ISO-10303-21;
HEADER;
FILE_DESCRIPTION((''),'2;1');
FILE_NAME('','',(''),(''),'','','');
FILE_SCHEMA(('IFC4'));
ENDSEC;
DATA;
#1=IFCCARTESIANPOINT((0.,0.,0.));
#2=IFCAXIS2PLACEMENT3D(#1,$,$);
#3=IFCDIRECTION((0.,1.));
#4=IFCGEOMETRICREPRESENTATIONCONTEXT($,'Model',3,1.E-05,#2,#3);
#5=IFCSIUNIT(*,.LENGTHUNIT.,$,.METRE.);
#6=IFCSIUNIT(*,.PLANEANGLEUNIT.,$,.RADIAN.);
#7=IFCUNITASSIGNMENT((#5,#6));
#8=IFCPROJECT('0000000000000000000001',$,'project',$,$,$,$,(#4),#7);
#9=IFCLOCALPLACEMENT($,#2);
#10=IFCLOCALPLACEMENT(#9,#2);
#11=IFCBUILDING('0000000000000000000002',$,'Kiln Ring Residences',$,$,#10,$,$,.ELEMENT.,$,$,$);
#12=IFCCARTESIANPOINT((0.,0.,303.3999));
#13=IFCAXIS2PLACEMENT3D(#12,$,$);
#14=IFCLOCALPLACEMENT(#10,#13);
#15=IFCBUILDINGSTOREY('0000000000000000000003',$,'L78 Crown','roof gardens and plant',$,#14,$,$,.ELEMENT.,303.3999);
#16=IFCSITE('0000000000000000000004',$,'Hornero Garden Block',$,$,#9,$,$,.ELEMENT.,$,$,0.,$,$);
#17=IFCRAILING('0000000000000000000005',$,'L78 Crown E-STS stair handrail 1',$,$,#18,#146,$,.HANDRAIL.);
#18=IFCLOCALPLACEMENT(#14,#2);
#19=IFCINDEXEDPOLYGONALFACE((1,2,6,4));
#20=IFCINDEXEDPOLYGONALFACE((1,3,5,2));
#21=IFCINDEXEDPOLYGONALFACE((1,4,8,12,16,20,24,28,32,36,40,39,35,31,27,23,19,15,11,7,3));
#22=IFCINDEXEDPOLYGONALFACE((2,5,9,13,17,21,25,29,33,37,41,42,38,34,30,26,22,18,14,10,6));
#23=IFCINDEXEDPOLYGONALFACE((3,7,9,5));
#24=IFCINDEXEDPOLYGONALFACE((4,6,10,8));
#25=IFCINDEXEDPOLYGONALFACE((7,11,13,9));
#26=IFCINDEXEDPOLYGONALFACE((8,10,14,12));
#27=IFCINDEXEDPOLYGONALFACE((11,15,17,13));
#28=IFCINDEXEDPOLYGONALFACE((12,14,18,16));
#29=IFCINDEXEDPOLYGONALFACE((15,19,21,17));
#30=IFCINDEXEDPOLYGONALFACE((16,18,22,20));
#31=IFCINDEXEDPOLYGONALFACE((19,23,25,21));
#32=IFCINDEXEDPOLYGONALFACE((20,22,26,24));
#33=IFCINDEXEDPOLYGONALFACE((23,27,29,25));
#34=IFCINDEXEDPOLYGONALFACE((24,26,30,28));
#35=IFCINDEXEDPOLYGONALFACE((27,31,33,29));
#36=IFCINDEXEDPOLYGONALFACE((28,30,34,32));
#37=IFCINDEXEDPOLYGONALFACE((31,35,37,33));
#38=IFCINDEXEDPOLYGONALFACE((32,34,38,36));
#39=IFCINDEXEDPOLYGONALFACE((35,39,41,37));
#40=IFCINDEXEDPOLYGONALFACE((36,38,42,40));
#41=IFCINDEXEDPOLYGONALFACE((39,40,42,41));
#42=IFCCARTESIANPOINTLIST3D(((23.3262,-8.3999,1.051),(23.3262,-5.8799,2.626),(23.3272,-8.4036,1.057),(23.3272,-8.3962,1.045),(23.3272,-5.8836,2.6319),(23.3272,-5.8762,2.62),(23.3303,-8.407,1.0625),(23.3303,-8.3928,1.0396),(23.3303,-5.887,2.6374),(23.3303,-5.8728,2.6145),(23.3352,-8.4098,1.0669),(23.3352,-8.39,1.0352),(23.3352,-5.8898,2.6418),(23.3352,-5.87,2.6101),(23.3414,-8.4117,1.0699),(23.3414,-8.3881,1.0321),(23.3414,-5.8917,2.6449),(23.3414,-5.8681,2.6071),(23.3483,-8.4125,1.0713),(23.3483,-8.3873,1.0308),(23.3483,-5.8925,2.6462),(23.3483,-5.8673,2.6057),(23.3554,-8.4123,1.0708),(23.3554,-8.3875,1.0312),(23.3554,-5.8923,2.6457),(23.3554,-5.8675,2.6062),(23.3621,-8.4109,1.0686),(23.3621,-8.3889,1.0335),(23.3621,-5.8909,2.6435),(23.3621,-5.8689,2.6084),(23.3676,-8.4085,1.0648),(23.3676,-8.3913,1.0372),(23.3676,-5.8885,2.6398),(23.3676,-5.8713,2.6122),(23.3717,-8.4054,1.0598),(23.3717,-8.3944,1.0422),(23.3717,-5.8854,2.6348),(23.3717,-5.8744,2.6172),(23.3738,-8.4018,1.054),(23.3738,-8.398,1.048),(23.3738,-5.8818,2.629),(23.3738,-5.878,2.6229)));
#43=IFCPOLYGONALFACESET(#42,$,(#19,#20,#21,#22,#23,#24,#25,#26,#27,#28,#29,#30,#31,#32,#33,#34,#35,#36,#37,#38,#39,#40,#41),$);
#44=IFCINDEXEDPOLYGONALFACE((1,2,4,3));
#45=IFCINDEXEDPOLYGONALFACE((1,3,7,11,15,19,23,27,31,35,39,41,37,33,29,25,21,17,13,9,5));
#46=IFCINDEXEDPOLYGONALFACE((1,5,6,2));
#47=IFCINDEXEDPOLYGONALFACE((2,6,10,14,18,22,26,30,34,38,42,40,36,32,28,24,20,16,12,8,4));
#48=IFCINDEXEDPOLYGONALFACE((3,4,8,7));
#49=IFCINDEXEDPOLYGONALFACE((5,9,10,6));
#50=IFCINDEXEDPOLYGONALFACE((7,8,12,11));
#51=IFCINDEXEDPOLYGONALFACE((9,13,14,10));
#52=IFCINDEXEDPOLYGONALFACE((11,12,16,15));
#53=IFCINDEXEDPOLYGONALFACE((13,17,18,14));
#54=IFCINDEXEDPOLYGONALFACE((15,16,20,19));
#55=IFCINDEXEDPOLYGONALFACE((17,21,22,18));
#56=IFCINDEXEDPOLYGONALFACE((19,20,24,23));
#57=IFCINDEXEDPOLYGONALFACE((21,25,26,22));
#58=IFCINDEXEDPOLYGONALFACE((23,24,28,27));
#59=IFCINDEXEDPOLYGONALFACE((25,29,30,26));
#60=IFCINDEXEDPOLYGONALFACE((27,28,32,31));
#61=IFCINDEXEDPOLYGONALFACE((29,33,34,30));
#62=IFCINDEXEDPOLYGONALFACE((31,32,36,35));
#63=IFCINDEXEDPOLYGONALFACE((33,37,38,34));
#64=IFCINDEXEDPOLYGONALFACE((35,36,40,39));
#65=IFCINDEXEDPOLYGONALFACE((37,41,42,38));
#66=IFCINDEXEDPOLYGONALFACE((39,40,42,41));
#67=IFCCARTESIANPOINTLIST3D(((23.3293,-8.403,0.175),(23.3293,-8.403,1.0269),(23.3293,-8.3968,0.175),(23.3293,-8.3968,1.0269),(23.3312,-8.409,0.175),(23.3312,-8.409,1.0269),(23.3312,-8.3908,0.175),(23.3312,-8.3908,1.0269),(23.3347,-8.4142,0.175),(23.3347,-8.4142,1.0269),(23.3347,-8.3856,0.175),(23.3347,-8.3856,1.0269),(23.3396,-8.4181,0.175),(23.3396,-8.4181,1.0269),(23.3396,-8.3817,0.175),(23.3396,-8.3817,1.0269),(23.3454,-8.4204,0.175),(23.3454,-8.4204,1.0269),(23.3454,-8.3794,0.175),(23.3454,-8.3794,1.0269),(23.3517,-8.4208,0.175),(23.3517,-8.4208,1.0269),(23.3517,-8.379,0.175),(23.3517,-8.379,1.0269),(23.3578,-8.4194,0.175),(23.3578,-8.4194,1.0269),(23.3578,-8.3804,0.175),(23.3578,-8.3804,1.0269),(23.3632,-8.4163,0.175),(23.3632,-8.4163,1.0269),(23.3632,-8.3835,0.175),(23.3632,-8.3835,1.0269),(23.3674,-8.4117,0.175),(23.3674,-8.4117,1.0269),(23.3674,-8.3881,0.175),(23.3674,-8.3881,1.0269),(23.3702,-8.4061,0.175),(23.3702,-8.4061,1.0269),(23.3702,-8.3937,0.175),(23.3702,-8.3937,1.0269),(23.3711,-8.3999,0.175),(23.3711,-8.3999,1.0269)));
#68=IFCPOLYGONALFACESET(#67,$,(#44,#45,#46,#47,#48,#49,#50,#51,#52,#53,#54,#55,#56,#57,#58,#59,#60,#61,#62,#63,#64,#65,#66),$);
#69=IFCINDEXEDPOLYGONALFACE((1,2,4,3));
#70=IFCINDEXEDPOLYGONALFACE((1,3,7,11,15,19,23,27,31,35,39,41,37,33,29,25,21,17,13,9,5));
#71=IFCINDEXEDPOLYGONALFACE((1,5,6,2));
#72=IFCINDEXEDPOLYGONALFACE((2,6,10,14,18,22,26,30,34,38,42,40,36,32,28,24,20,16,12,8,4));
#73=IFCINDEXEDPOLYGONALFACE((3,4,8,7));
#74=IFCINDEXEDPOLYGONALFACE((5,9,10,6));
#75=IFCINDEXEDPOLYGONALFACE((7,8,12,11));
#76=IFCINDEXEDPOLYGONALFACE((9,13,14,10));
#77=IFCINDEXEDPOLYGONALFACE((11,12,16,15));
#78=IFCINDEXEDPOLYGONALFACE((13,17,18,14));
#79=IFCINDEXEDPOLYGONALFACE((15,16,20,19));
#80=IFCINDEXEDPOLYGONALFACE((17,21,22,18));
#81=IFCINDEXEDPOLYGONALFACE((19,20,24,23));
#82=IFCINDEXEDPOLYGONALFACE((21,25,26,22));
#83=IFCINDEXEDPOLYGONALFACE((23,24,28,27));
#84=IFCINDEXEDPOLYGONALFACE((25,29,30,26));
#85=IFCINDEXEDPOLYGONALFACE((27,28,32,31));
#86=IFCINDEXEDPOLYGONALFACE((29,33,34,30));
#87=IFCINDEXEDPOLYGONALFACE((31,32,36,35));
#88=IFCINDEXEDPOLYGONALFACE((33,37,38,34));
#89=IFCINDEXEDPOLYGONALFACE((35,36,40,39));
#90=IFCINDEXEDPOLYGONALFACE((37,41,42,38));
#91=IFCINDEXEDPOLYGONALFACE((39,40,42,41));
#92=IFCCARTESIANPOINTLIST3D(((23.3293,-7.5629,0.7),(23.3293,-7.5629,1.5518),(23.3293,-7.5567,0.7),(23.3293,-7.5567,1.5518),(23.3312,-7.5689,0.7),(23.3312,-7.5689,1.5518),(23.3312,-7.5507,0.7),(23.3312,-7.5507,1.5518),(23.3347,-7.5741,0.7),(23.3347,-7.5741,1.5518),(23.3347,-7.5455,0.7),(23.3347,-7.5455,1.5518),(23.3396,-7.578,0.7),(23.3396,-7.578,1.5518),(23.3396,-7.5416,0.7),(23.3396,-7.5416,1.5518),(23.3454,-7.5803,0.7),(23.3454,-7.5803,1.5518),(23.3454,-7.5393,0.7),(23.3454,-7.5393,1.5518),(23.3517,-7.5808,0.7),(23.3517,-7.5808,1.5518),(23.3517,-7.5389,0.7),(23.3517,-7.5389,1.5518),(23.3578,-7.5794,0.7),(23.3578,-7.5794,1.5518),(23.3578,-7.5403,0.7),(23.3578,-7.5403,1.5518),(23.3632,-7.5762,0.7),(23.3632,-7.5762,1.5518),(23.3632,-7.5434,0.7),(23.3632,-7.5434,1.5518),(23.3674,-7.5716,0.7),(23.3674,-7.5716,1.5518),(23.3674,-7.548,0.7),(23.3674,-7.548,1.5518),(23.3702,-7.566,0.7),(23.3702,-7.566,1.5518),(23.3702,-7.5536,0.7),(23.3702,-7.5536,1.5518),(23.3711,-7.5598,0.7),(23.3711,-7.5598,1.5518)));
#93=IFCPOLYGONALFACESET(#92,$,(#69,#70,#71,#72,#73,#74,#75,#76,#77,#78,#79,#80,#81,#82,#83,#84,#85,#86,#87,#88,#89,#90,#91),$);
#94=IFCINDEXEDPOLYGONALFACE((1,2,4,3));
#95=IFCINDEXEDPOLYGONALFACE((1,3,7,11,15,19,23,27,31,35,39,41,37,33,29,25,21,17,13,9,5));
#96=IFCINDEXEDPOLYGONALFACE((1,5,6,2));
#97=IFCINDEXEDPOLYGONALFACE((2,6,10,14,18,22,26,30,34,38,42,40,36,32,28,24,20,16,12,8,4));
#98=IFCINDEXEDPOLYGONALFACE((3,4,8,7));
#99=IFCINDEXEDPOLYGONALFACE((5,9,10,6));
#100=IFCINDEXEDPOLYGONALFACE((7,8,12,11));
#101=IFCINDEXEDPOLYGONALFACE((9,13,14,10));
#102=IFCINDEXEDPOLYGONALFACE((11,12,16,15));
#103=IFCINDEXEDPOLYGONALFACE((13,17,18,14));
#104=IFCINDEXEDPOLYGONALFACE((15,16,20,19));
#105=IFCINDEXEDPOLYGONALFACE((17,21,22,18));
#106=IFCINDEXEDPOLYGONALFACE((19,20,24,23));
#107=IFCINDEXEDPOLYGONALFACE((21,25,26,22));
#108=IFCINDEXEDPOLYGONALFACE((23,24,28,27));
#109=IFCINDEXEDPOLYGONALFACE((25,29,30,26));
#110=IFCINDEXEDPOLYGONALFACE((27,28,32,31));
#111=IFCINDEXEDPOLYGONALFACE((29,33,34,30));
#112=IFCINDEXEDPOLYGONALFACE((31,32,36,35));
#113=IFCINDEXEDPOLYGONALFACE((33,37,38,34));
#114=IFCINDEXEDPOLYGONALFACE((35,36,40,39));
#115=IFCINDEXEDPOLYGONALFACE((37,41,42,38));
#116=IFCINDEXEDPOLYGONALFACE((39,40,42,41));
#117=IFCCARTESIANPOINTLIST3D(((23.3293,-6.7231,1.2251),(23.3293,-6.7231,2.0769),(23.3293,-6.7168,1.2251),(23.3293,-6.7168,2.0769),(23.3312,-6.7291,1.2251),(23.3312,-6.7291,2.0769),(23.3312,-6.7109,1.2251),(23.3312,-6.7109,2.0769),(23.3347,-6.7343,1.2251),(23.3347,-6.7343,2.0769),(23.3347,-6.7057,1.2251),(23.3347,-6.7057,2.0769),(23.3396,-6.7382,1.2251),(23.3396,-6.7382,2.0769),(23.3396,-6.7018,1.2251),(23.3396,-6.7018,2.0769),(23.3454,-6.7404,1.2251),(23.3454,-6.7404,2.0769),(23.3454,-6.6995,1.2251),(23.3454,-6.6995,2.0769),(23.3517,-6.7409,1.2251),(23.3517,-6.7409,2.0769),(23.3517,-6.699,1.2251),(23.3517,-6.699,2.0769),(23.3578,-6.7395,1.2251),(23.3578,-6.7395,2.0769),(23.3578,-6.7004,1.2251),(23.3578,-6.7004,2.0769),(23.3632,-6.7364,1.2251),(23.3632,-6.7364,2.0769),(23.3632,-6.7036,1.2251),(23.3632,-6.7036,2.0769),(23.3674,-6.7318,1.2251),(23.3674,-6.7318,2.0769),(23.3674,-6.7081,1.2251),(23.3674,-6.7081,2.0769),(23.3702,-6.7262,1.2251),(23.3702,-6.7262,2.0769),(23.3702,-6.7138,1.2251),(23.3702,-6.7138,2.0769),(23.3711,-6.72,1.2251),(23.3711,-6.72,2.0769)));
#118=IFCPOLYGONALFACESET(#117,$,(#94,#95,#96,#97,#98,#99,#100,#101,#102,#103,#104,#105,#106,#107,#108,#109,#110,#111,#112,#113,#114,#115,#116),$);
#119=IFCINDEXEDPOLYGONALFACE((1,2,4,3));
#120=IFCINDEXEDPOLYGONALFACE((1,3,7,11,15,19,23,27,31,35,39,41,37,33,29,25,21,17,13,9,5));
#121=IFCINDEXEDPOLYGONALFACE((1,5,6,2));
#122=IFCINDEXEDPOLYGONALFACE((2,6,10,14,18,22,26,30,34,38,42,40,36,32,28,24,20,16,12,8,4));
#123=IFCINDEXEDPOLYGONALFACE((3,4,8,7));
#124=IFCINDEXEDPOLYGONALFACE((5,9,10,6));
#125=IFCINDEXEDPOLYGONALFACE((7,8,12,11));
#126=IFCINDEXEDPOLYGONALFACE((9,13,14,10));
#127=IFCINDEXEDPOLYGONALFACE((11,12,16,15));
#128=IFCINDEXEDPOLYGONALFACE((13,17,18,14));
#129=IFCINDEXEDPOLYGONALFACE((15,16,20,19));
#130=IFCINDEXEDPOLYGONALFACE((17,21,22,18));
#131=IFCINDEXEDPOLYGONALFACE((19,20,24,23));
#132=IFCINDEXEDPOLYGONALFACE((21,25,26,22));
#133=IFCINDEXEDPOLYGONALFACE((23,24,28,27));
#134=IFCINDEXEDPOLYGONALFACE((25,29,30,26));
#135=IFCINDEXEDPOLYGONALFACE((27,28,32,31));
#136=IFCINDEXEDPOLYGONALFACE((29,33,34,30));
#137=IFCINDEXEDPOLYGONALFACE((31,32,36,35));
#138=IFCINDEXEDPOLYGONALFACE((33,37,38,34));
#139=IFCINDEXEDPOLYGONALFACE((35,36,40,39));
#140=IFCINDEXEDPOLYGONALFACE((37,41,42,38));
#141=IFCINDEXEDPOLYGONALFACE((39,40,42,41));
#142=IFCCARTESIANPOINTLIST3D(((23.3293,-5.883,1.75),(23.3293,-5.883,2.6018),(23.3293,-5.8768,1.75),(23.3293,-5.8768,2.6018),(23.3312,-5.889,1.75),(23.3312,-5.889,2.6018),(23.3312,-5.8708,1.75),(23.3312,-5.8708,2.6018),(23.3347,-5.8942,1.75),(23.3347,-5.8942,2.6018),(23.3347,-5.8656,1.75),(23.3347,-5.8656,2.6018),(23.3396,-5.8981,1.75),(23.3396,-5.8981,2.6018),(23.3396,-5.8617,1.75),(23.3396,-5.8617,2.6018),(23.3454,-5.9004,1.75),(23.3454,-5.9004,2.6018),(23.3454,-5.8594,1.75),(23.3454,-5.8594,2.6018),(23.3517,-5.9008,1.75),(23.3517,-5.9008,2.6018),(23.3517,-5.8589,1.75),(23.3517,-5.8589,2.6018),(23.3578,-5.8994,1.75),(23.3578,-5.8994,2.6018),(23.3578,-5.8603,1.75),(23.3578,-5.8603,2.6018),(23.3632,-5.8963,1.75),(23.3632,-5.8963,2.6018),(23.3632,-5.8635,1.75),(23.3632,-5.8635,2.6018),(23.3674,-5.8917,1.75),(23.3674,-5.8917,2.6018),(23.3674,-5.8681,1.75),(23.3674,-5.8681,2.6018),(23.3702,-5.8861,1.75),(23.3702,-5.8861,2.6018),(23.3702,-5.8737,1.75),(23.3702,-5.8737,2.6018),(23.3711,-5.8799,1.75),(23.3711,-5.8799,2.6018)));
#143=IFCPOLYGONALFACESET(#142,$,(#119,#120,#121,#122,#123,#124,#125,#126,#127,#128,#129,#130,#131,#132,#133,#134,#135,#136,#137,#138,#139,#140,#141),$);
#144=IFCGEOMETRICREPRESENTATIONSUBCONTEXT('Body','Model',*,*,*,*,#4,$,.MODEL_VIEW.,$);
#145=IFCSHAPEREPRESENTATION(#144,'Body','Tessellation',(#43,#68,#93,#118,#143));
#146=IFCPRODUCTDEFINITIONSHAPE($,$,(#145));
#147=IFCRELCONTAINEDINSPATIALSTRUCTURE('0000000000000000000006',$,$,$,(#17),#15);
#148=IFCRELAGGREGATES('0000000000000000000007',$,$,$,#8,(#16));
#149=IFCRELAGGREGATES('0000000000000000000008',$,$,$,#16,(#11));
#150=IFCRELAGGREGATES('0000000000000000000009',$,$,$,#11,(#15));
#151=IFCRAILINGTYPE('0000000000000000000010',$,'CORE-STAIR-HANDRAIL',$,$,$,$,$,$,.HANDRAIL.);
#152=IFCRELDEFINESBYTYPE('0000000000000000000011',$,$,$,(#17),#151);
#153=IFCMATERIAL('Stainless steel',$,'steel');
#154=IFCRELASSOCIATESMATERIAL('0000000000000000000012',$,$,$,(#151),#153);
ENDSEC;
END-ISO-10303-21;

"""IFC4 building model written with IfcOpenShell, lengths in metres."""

from ifc_helpers import new_model, si_unit, direction, frame, origin, origin_2d, place, context, subcontext, project, spatial, circle, extrude, material, type_object, element, save


model = new_model("IFC4")

# Units and contexts
model_context = context("Model", 3, precision=1e-05, world=origin(), true_north=direction((0.0, 1.0)))
body_context = subcontext(model_context, "Body", "Model", "MODEL_VIEW")
ifc_project = project(units=[si_unit("LENGTHUNIT", "METRE"), si_unit("PLANEANGLEUNIT", "RADIAN")], contexts=[model_context])

# Site, building, storey
site_placement = place(None, origin())
site = spatial("IfcSite", under=ifc_project, at=site_placement, Name="Hornero Garden Block", CompositionType="ELEMENT", RefElevation=0.0)
building_placement = place(site_placement, origin())
building = spatial("IfcBuilding", under=site, at=building_placement, Name="Kiln Ring Residences", CompositionType="ELEMENT")
storey_placement = place(building_placement, frame((0.0, 0.0, 303.3999)))
storey = spatial("IfcBuildingStorey", under=building, at=storey_placement, Name="L78 Crown", Description="roof gardens and plant", CompositionType="ELEMENT", Elevation=303.3999)

# Railing
ifc_material_1 = material(Name="Stainless steel", Category="steel")
railing_type_1 = type_object("IfcRailingType", Name="CORE-STAIR-HANDRAIL", PredefinedType="HANDRAIL", material=ifc_material_1)
railing_1_placement = place(storey_placement, frame((23.3501, -8.3999, 0.175)))
element("IfcRailing", 1, at=railing_1_placement, inside=storey, type_object=railing_type_1, Name="L78 Crown E-STS stair handrail 1", PredefinedType="HANDRAIL", context=body_context, shape_type="SweptSolid", body=[
    extrude(circle(Radius=0.0239, at=origin_2d()), frame((0.0, 0.0, 0.876), z_axis=(0.0, 0.848008, 0.529984), x_axis=(-1.0, 0.0, 0.0)), (0.0, 0.0, 1.0), 2.9717),
    extrude(circle(Radius=0.021, at=origin_2d()), origin(), (0.0, 0.0, 1.0), 0.8518),
    extrude(circle(Radius=0.021, at=origin_2d()), frame((0.0, 0.8401, 0.5249)), (0.0, 0.0, 1.0), 0.8518),
    extrude(circle(Radius=0.021, at=origin_2d()), frame((0.0, 1.6799, 1.05)), (0.0, 0.0, 1.0), 0.8518),
    extrude(circle(Radius=0.021, at=origin_2d()), frame((0.0, 2.52, 1.575)), (0.0, 0.0, 1.0), 0.8518),
])

save(model, "model.ifc")
